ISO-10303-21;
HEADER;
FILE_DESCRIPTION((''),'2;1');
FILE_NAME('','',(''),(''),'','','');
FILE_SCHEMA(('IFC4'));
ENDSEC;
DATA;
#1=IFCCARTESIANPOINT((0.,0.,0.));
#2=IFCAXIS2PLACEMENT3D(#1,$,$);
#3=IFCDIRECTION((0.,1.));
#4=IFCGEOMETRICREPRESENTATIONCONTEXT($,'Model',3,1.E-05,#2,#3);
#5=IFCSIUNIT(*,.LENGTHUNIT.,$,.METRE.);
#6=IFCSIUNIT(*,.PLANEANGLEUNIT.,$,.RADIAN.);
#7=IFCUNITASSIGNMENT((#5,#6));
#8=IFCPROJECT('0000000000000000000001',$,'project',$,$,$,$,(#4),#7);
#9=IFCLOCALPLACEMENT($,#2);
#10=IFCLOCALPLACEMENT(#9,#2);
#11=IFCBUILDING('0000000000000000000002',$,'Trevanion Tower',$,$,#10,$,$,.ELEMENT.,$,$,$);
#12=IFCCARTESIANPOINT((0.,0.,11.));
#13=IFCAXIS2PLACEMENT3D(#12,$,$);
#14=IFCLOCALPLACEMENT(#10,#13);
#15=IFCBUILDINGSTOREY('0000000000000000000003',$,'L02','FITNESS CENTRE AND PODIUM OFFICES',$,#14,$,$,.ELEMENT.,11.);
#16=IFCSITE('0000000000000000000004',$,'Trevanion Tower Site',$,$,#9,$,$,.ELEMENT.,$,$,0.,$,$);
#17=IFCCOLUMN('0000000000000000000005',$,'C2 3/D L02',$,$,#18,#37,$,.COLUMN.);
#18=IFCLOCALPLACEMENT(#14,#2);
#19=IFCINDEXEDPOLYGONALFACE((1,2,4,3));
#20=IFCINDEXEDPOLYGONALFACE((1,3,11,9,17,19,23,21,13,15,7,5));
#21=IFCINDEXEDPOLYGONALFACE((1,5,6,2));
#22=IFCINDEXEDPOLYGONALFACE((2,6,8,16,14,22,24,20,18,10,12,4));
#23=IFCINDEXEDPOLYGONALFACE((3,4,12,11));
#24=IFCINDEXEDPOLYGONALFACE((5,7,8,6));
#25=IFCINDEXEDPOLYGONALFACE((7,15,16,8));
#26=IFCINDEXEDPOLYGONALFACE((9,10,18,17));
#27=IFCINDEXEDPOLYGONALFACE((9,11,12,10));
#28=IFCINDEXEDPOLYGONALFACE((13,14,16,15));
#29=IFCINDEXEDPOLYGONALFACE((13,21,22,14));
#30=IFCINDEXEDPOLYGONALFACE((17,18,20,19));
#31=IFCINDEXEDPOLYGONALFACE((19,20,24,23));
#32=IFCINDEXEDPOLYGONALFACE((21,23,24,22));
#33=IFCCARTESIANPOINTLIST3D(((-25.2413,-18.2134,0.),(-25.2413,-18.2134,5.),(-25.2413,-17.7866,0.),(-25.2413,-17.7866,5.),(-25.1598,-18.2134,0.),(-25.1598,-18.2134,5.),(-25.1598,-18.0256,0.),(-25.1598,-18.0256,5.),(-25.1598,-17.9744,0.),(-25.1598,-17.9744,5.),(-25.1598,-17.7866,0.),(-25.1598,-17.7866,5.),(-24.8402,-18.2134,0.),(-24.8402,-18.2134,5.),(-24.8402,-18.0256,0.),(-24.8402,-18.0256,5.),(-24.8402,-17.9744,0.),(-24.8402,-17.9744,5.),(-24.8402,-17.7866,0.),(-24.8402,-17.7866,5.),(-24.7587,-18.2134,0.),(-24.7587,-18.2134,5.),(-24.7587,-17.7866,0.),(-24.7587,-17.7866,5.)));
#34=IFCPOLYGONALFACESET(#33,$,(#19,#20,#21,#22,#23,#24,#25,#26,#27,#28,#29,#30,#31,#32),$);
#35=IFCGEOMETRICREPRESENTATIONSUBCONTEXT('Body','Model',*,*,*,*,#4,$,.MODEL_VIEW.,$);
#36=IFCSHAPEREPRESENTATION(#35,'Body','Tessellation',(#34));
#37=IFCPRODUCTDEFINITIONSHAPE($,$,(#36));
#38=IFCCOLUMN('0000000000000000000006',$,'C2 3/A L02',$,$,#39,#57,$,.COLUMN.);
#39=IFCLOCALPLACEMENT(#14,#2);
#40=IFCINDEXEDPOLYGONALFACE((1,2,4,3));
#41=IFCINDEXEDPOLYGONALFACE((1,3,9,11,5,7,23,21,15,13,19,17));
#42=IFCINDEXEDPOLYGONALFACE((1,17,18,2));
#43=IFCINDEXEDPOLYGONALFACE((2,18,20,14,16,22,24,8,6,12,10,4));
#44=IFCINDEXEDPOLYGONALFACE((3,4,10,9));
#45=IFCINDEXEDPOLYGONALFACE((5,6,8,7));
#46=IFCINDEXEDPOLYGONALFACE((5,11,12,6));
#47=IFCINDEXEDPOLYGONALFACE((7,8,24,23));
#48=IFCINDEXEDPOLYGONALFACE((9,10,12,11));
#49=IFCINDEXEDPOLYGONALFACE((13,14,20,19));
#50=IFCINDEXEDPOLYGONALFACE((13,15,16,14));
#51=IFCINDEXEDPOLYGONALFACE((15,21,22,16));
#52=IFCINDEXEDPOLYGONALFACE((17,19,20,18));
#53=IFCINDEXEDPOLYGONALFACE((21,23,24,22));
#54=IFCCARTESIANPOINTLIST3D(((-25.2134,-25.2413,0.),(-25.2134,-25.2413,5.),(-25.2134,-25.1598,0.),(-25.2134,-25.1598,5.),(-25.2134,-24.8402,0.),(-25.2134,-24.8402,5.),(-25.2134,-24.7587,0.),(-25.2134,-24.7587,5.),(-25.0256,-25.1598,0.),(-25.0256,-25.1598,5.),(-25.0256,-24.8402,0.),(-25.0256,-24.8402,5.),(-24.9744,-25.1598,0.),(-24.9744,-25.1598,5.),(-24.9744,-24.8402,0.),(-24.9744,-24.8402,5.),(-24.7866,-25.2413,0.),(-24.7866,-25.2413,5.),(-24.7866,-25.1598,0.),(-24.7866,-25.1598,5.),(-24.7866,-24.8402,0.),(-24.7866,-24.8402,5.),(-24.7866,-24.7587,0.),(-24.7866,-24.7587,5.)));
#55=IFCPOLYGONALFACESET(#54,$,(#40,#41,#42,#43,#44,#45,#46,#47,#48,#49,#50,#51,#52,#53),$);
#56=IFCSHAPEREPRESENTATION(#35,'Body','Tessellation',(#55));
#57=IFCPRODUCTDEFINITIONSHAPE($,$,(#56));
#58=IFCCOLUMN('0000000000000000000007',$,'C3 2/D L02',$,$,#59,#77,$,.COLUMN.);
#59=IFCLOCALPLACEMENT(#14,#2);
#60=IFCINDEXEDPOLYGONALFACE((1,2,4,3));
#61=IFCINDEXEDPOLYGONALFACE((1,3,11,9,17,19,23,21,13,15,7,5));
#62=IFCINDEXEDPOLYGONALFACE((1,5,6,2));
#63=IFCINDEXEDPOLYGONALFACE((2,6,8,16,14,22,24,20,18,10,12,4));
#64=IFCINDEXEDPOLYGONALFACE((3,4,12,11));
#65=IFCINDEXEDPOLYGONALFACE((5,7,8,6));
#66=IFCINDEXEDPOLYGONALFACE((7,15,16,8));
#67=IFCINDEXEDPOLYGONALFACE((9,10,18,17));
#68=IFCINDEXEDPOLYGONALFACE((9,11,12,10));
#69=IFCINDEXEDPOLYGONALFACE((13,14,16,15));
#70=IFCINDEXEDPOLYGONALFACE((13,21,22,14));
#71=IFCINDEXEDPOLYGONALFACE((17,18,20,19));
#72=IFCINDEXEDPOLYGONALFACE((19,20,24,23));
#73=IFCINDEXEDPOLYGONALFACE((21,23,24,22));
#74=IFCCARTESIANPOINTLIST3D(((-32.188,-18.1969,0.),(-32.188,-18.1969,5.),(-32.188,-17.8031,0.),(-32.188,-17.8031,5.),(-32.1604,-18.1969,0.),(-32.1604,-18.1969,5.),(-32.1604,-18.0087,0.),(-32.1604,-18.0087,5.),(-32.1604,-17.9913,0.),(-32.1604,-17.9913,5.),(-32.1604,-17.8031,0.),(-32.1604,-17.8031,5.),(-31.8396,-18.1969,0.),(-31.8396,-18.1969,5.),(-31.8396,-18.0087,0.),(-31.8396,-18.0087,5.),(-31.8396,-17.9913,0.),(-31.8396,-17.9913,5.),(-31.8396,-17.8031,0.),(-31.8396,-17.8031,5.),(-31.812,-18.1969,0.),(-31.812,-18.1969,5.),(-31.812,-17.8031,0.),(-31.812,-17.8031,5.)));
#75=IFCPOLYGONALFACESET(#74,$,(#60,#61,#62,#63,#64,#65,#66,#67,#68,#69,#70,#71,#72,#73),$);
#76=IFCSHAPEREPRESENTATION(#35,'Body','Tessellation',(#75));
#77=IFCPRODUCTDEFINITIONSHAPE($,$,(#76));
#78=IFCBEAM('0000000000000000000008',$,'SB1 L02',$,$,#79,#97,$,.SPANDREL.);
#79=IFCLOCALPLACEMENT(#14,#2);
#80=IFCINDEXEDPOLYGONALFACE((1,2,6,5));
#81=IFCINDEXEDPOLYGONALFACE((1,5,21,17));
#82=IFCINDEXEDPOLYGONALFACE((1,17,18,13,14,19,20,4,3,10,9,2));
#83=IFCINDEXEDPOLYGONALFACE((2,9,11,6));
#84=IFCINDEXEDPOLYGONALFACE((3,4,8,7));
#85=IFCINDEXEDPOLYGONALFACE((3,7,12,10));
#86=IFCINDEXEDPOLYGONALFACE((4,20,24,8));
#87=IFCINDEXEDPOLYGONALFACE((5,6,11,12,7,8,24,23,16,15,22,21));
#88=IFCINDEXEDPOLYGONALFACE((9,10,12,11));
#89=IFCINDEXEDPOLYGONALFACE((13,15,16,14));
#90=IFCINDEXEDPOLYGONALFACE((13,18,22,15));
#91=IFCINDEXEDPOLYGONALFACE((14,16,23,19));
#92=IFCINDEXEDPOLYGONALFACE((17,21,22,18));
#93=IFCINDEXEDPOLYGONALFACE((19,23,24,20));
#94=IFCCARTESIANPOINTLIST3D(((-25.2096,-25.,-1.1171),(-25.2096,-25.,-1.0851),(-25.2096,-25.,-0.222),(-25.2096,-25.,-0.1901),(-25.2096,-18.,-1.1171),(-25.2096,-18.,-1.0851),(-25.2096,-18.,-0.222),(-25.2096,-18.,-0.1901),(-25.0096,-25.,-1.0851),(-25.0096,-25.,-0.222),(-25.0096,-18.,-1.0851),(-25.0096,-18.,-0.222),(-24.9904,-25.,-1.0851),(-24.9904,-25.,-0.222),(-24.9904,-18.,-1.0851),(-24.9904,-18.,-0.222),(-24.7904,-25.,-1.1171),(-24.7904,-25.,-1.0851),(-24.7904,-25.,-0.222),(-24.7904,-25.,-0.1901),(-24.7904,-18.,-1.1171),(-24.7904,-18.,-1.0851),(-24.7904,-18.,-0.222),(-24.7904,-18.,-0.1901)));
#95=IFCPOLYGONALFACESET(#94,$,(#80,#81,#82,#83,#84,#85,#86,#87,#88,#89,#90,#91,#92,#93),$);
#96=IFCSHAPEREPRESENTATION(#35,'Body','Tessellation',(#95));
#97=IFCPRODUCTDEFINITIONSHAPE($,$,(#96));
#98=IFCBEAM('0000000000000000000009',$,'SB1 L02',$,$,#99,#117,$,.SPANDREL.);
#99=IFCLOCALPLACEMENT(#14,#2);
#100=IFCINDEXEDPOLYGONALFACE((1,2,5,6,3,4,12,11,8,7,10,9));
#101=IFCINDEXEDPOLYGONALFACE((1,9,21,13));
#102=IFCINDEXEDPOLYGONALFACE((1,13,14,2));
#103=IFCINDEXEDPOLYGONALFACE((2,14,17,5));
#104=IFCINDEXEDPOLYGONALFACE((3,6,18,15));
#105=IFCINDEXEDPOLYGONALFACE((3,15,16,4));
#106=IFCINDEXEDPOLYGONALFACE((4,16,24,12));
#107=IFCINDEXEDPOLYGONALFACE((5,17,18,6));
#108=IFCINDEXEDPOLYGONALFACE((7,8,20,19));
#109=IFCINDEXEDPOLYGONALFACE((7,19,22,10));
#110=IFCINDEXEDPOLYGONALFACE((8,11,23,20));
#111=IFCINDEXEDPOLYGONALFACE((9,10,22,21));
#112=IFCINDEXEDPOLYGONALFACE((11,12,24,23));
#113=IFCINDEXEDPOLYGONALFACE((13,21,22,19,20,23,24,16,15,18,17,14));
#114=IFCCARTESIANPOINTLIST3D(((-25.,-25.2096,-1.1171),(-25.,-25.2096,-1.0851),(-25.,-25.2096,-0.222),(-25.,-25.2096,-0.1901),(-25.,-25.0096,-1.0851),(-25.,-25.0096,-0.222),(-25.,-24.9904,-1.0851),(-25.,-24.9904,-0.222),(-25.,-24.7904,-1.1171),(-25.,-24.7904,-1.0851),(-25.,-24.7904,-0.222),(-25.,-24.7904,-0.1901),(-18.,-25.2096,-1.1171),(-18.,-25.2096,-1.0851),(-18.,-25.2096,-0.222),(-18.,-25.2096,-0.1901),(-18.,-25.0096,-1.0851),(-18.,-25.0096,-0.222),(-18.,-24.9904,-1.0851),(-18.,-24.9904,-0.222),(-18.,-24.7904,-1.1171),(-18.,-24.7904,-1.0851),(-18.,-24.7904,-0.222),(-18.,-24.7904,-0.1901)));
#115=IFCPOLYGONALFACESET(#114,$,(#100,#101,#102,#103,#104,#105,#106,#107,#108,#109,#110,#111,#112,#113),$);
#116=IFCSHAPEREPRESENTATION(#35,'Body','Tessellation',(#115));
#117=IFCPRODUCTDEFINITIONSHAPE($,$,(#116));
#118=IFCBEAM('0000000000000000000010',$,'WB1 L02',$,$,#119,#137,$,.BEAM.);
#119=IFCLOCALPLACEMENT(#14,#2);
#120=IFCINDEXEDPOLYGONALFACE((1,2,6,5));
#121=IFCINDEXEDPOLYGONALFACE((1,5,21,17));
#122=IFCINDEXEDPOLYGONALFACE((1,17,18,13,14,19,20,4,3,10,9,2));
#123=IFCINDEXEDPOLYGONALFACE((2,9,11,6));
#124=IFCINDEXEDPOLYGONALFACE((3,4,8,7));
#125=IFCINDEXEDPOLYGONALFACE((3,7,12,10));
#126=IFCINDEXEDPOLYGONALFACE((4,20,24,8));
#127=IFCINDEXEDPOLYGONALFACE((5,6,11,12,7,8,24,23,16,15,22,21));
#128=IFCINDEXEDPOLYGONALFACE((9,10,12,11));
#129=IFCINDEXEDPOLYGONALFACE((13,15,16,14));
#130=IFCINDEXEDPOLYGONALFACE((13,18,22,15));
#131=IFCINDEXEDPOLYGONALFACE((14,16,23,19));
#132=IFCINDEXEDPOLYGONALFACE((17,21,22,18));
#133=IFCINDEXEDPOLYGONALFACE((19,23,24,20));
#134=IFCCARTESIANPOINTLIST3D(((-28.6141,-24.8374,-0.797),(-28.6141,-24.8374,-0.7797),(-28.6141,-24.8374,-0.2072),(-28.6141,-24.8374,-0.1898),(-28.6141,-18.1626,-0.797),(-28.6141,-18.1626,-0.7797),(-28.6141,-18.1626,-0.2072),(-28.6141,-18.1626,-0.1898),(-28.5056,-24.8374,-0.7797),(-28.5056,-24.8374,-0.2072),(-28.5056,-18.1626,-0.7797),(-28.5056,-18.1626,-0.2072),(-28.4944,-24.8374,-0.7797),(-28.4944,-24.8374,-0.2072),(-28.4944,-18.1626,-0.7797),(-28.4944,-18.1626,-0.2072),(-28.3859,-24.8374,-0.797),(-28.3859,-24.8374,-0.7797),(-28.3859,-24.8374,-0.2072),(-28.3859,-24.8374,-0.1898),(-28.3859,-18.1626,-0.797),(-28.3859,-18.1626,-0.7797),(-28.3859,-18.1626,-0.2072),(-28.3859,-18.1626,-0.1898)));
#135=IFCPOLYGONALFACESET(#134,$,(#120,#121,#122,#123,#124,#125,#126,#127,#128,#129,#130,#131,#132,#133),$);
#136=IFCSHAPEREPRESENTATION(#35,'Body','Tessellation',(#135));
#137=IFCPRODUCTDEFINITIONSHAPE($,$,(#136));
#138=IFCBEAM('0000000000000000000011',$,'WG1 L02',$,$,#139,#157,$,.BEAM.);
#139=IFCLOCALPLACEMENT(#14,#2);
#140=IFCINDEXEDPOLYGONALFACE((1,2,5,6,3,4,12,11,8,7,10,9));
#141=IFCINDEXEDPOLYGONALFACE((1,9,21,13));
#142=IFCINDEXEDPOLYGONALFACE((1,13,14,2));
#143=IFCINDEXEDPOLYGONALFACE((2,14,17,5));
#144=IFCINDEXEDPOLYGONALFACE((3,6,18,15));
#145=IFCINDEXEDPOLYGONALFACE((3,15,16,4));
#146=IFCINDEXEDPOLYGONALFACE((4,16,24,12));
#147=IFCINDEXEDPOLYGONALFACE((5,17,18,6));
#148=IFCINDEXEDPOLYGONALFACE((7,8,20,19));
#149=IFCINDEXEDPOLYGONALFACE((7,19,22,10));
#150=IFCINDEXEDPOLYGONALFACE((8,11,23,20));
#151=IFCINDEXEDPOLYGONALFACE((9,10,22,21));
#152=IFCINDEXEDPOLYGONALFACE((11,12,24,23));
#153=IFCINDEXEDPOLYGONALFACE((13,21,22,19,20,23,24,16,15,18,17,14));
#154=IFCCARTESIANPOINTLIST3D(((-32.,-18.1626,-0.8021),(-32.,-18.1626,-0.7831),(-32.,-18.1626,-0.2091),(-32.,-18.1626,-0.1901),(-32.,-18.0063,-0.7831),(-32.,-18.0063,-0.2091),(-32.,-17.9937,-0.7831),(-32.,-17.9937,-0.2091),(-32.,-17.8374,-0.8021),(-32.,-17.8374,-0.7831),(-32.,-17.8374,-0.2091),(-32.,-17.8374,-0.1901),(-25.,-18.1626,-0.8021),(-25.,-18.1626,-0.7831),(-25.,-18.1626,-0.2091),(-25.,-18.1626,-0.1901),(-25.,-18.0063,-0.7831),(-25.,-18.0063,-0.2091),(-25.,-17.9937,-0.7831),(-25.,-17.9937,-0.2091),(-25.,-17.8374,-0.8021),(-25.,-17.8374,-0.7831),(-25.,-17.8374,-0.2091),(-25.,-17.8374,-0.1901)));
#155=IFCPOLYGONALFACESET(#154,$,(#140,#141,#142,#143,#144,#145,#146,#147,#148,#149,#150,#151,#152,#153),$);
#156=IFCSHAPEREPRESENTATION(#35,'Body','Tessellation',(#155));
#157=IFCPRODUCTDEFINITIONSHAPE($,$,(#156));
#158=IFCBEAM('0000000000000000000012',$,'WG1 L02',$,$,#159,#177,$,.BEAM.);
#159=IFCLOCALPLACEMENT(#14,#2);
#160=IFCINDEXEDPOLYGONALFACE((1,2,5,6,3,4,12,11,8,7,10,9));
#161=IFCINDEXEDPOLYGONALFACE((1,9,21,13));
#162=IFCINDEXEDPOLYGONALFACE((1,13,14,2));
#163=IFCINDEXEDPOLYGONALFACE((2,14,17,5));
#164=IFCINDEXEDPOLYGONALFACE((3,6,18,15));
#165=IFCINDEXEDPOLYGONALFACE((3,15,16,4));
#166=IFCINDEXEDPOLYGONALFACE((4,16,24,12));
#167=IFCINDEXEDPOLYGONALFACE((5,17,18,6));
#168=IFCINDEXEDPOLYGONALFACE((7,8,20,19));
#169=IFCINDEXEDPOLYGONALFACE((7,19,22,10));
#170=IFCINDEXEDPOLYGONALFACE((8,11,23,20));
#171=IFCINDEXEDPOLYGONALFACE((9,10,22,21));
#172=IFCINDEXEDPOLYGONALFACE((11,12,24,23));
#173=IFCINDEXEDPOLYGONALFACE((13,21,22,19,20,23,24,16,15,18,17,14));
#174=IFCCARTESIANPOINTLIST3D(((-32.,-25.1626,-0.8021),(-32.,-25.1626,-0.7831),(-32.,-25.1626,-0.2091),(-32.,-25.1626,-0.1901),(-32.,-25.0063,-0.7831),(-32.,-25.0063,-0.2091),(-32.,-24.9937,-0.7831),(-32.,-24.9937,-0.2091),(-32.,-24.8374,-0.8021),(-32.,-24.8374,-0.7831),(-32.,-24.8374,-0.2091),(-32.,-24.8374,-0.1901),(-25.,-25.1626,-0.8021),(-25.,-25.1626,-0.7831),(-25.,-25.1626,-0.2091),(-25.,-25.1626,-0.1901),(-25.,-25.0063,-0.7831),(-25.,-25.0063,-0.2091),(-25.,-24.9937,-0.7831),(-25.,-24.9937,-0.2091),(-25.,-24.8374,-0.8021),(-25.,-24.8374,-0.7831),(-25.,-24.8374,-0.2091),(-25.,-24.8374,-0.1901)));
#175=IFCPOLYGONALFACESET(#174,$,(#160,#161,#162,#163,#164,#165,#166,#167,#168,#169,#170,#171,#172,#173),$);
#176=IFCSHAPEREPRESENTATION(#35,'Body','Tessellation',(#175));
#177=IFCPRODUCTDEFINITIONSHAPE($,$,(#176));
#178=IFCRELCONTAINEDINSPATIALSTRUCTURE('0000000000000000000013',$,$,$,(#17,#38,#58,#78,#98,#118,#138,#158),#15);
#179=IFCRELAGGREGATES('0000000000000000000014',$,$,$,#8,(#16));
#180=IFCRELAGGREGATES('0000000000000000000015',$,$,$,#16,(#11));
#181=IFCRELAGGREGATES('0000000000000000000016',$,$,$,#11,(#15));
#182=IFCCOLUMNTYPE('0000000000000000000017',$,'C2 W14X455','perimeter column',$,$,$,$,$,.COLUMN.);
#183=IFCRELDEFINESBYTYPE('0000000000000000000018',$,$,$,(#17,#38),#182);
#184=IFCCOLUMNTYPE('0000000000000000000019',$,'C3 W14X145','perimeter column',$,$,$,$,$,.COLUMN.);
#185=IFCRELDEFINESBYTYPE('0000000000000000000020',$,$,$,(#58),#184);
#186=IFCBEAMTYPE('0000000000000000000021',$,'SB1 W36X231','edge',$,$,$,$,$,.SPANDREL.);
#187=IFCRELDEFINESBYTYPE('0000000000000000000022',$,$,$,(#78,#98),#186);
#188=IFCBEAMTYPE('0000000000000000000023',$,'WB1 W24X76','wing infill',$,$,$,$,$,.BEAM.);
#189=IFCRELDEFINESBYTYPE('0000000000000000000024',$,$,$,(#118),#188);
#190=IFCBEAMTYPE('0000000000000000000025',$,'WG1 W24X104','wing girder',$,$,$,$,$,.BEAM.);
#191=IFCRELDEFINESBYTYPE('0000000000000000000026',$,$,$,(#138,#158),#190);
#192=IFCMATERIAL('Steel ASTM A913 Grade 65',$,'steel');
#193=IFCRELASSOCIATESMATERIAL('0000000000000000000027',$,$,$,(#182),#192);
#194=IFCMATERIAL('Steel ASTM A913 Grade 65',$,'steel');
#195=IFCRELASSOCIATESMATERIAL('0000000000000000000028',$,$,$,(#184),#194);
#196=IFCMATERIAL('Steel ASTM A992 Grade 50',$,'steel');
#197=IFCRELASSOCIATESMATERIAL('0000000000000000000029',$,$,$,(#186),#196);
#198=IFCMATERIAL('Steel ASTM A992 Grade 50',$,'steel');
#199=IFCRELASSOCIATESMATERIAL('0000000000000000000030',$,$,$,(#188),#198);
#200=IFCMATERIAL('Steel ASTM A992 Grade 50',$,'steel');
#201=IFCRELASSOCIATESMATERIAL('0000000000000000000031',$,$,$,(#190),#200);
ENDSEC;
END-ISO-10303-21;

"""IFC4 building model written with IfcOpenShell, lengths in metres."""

from ifc_helpers import new_model, si_unit, direction, frame, origin, origin_2d, place, context, subcontext, project, spatial, i_section, extrude, material, material_profile, profile_set, type_object, element, save


model = new_model("IFC4")

# Units and contexts
model_context = context("Model", 3, precision=1e-05, world=origin(), true_north=direction((0.0, 1.0)))
body_context = subcontext(model_context, "Body", "Model", "MODEL_VIEW")
ifc_project = project(units=[si_unit("LENGTHUNIT", "METRE"), si_unit("PLANEANGLEUNIT", "RADIAN")], contexts=[model_context])

# Site, building, storey
site_placement = place(None, origin())
site = spatial("IfcSite", under=ifc_project, at=site_placement, Name="Trevanion Tower Site", CompositionType="ELEMENT", RefElevation=0.0)
building_placement = place(site_placement, origin())
building = spatial("IfcBuilding", under=site, at=building_placement, Name="Trevanion Tower", CompositionType="ELEMENT")
storey_placement = place(building_placement, frame((0.0, 0.0, 11.0)))
storey = spatial("IfcBuildingStorey", under=building, at=storey_placement, Name="L02", Description="FITNESS CENTRE AND PODIUM OFFICES", CompositionType="ELEMENT", Elevation=11.0)

# Columns
ifc_material_1 = material(Name="Steel ASTM A913 Grade 65", Category="steel")
ifc_material_profile_1 = material_profile(ifc_material_1, i_section(OverallWidth=0.4268, OverallDepth=0.4827, WebThickness=0.0513, FlangeThickness=0.0815, at=origin_2d()), Name="W14X455")
ifc_profile_set_1 = profile_set([ifc_material_profile_1], Name="Steel ASTM A913 Grade 65")
column_type_1 = type_object("IfcColumnType", Name="C2 W14X455", Description="perimeter column", PredefinedType="COLUMN", material=ifc_profile_set_1)
for number, where, z_axis, x_axis, name in (
    (1, (-25.0, -18.0, 0.0), (0.0, 0.0, 1.0), (0.0, 1.0, 0.0), "C2 3/D L02"),
    (2, (-25.0, -25.0, 0.0), (0.0, 0.0, 1.0), (1.0, 0.0, 0.0), "C2 3/A L02"),
):
    element("IfcColumn", number, at=place(storey_placement, frame(where, z_axis=z_axis, x_axis=x_axis)), inside=storey, type_object=column_type_1, Name=name, PredefinedType="COLUMN", context=body_context, shape_type="SweptSolid", body=[
        extrude(i_section(OverallWidth=0.4268, OverallDepth=0.4827, WebThickness=0.0513, FlangeThickness=0.0815, at=origin_2d()), origin(), (0.0, 0.0, 1.0), 5.0),
    ])
ifc_material_2 = material(Name="Steel ASTM A913 Grade 65", Category="steel")
ifc_material_profile_2 = material_profile(ifc_material_2, i_section(OverallWidth=0.3938, OverallDepth=0.376, WebThickness=0.0173, FlangeThickness=0.0276, at=origin_2d()), Name="W14X145")
ifc_profile_set_2 = profile_set([ifc_material_profile_2], Name="Steel ASTM A913 Grade 65")
column_type_2 = type_object("IfcColumnType", Name="C3 W14X145", Description="perimeter column", PredefinedType="COLUMN", material=ifc_profile_set_2)
column_placement = place(storey_placement, frame((-32.0, -18.0, 0.0), z_axis=(0.0, 0.0, 1.0), x_axis=(0.0, 1.0, 0.0)))
element("IfcColumn", 3, at=column_placement, inside=storey, type_object=column_type_2, Name="C3 2/D L02", PredefinedType="COLUMN", context=body_context, shape_type="SweptSolid", body=[
    extrude(i_section(OverallWidth=0.3938, OverallDepth=0.376, WebThickness=0.0173, FlangeThickness=0.0276, at=origin_2d()), origin(), (0.0, 0.0, 1.0), 5.0),
])

# Beams
ifc_material_3 = material(Name="Steel ASTM A992 Grade 50", Category="steel")
ifc_material_profile_3 = material_profile(ifc_material_3, i_section(OverallWidth=0.4192, OverallDepth=0.927, WebThickness=0.0193, FlangeThickness=0.032, at=origin_2d()), Name="W36X231")
ifc_profile_set_3 = profile_set([ifc_material_profile_3], Name="Steel ASTM A992 Grade 50")
beam_type_1 = type_object("IfcBeamType", Name="SB1 W36X231", Description="edge", PredefinedType="SPANDREL", material=ifc_profile_set_3)
for number, where, z_axis, x_axis, name in (
    (4, (-25.0, -18.0, -0.6536), (0.0, -1.0, 0.0), (1.0, 0.0, 0.0), "SB1 L02"),
    (5, (-25.0, -25.0, -0.6536), (1.0, 0.0, 0.0), (0.0, 1.0, 0.0), "SB1 L02"),
):
    element("IfcBeam", number, at=place(storey_placement, frame(where, z_axis=z_axis, x_axis=x_axis)), inside=storey, type_object=beam_type_1, Name=name, PredefinedType="SPANDREL", context=body_context, shape_type="SweptSolid", body=[
        extrude(i_section(OverallWidth=0.4192, OverallDepth=0.927, WebThickness=0.0193, FlangeThickness=0.032, at=origin_2d()), origin(), (0.0, 0.0, 1.0), 7.0),
    ])
ifc_material_4 = material(Name="Steel ASTM A992 Grade 50", Category="steel")
ifc_material_profile_4 = material_profile(ifc_material_4, i_section(OverallWidth=0.2283, OverallDepth=0.6072, WebThickness=0.0112, FlangeThickness=0.0173, at=origin_2d()), Name="W24X76")
ifc_profile_set_4 = profile_set([ifc_material_profile_4], Name="Steel ASTM A992 Grade 50")
beam_type_2 = type_object("IfcBeamType", Name="WB1 W24X76", Description="wing infill", PredefinedType="BEAM", material=ifc_profile_set_4)
beam_placement = place(storey_placement, frame((-28.5, -18.1626, -0.4934), z_axis=(0.0, -1.0, 0.0), x_axis=(1.0, 0.0, 0.0)))
element("IfcBeam", 6, at=beam_placement, inside=storey, type_object=beam_type_2, Name="WB1 L02", PredefinedType="BEAM", context=body_context, shape_type="SweptSolid", body=[
    extrude(i_section(OverallWidth=0.2283, OverallDepth=0.6072, WebThickness=0.0112, FlangeThickness=0.0173, at=origin_2d()), origin(), (0.0, 0.0, 1.0), 6.6748),
])
ifc_material_5 = material(Name="Steel ASTM A992 Grade 50", Category="steel")
ifc_material_profile_5 = material_profile(ifc_material_5, i_section(OverallWidth=0.3252, OverallDepth=0.6121, WebThickness=0.0127, FlangeThickness=0.019, at=origin_2d()), Name="W24X104")
ifc_profile_set_5 = profile_set([ifc_material_profile_5], Name="Steel ASTM A992 Grade 50")
beam_type_3 = type_object("IfcBeamType", Name="WG1 W24X104", Description="wing girder", PredefinedType="BEAM", material=ifc_profile_set_5)
for number, where, z_axis, x_axis, name in (
    (7, (-25.0, -18.0, -0.4961), (-1.0, 0.0, 0.0), (0.0, -1.0, 0.0), "WG1 L02"),
    (8, (-25.0, -25.0, -0.4961), (-1.0, 0.0, 0.0), (0.0, -1.0, 0.0), "WG1 L02"),
):
    element("IfcBeam", number, at=place(storey_placement, frame(where, z_axis=z_axis, x_axis=x_axis)), inside=storey, type_object=beam_type_3, Name=name, PredefinedType="BEAM", context=body_context, shape_type="SweptSolid", body=[
        extrude(i_section(OverallWidth=0.3252, OverallDepth=0.6121, WebThickness=0.0127, FlangeThickness=0.019, at=origin_2d()), origin(), (0.0, 0.0, 1.0), 7.0),
    ])

save(model, "model.ifc")
